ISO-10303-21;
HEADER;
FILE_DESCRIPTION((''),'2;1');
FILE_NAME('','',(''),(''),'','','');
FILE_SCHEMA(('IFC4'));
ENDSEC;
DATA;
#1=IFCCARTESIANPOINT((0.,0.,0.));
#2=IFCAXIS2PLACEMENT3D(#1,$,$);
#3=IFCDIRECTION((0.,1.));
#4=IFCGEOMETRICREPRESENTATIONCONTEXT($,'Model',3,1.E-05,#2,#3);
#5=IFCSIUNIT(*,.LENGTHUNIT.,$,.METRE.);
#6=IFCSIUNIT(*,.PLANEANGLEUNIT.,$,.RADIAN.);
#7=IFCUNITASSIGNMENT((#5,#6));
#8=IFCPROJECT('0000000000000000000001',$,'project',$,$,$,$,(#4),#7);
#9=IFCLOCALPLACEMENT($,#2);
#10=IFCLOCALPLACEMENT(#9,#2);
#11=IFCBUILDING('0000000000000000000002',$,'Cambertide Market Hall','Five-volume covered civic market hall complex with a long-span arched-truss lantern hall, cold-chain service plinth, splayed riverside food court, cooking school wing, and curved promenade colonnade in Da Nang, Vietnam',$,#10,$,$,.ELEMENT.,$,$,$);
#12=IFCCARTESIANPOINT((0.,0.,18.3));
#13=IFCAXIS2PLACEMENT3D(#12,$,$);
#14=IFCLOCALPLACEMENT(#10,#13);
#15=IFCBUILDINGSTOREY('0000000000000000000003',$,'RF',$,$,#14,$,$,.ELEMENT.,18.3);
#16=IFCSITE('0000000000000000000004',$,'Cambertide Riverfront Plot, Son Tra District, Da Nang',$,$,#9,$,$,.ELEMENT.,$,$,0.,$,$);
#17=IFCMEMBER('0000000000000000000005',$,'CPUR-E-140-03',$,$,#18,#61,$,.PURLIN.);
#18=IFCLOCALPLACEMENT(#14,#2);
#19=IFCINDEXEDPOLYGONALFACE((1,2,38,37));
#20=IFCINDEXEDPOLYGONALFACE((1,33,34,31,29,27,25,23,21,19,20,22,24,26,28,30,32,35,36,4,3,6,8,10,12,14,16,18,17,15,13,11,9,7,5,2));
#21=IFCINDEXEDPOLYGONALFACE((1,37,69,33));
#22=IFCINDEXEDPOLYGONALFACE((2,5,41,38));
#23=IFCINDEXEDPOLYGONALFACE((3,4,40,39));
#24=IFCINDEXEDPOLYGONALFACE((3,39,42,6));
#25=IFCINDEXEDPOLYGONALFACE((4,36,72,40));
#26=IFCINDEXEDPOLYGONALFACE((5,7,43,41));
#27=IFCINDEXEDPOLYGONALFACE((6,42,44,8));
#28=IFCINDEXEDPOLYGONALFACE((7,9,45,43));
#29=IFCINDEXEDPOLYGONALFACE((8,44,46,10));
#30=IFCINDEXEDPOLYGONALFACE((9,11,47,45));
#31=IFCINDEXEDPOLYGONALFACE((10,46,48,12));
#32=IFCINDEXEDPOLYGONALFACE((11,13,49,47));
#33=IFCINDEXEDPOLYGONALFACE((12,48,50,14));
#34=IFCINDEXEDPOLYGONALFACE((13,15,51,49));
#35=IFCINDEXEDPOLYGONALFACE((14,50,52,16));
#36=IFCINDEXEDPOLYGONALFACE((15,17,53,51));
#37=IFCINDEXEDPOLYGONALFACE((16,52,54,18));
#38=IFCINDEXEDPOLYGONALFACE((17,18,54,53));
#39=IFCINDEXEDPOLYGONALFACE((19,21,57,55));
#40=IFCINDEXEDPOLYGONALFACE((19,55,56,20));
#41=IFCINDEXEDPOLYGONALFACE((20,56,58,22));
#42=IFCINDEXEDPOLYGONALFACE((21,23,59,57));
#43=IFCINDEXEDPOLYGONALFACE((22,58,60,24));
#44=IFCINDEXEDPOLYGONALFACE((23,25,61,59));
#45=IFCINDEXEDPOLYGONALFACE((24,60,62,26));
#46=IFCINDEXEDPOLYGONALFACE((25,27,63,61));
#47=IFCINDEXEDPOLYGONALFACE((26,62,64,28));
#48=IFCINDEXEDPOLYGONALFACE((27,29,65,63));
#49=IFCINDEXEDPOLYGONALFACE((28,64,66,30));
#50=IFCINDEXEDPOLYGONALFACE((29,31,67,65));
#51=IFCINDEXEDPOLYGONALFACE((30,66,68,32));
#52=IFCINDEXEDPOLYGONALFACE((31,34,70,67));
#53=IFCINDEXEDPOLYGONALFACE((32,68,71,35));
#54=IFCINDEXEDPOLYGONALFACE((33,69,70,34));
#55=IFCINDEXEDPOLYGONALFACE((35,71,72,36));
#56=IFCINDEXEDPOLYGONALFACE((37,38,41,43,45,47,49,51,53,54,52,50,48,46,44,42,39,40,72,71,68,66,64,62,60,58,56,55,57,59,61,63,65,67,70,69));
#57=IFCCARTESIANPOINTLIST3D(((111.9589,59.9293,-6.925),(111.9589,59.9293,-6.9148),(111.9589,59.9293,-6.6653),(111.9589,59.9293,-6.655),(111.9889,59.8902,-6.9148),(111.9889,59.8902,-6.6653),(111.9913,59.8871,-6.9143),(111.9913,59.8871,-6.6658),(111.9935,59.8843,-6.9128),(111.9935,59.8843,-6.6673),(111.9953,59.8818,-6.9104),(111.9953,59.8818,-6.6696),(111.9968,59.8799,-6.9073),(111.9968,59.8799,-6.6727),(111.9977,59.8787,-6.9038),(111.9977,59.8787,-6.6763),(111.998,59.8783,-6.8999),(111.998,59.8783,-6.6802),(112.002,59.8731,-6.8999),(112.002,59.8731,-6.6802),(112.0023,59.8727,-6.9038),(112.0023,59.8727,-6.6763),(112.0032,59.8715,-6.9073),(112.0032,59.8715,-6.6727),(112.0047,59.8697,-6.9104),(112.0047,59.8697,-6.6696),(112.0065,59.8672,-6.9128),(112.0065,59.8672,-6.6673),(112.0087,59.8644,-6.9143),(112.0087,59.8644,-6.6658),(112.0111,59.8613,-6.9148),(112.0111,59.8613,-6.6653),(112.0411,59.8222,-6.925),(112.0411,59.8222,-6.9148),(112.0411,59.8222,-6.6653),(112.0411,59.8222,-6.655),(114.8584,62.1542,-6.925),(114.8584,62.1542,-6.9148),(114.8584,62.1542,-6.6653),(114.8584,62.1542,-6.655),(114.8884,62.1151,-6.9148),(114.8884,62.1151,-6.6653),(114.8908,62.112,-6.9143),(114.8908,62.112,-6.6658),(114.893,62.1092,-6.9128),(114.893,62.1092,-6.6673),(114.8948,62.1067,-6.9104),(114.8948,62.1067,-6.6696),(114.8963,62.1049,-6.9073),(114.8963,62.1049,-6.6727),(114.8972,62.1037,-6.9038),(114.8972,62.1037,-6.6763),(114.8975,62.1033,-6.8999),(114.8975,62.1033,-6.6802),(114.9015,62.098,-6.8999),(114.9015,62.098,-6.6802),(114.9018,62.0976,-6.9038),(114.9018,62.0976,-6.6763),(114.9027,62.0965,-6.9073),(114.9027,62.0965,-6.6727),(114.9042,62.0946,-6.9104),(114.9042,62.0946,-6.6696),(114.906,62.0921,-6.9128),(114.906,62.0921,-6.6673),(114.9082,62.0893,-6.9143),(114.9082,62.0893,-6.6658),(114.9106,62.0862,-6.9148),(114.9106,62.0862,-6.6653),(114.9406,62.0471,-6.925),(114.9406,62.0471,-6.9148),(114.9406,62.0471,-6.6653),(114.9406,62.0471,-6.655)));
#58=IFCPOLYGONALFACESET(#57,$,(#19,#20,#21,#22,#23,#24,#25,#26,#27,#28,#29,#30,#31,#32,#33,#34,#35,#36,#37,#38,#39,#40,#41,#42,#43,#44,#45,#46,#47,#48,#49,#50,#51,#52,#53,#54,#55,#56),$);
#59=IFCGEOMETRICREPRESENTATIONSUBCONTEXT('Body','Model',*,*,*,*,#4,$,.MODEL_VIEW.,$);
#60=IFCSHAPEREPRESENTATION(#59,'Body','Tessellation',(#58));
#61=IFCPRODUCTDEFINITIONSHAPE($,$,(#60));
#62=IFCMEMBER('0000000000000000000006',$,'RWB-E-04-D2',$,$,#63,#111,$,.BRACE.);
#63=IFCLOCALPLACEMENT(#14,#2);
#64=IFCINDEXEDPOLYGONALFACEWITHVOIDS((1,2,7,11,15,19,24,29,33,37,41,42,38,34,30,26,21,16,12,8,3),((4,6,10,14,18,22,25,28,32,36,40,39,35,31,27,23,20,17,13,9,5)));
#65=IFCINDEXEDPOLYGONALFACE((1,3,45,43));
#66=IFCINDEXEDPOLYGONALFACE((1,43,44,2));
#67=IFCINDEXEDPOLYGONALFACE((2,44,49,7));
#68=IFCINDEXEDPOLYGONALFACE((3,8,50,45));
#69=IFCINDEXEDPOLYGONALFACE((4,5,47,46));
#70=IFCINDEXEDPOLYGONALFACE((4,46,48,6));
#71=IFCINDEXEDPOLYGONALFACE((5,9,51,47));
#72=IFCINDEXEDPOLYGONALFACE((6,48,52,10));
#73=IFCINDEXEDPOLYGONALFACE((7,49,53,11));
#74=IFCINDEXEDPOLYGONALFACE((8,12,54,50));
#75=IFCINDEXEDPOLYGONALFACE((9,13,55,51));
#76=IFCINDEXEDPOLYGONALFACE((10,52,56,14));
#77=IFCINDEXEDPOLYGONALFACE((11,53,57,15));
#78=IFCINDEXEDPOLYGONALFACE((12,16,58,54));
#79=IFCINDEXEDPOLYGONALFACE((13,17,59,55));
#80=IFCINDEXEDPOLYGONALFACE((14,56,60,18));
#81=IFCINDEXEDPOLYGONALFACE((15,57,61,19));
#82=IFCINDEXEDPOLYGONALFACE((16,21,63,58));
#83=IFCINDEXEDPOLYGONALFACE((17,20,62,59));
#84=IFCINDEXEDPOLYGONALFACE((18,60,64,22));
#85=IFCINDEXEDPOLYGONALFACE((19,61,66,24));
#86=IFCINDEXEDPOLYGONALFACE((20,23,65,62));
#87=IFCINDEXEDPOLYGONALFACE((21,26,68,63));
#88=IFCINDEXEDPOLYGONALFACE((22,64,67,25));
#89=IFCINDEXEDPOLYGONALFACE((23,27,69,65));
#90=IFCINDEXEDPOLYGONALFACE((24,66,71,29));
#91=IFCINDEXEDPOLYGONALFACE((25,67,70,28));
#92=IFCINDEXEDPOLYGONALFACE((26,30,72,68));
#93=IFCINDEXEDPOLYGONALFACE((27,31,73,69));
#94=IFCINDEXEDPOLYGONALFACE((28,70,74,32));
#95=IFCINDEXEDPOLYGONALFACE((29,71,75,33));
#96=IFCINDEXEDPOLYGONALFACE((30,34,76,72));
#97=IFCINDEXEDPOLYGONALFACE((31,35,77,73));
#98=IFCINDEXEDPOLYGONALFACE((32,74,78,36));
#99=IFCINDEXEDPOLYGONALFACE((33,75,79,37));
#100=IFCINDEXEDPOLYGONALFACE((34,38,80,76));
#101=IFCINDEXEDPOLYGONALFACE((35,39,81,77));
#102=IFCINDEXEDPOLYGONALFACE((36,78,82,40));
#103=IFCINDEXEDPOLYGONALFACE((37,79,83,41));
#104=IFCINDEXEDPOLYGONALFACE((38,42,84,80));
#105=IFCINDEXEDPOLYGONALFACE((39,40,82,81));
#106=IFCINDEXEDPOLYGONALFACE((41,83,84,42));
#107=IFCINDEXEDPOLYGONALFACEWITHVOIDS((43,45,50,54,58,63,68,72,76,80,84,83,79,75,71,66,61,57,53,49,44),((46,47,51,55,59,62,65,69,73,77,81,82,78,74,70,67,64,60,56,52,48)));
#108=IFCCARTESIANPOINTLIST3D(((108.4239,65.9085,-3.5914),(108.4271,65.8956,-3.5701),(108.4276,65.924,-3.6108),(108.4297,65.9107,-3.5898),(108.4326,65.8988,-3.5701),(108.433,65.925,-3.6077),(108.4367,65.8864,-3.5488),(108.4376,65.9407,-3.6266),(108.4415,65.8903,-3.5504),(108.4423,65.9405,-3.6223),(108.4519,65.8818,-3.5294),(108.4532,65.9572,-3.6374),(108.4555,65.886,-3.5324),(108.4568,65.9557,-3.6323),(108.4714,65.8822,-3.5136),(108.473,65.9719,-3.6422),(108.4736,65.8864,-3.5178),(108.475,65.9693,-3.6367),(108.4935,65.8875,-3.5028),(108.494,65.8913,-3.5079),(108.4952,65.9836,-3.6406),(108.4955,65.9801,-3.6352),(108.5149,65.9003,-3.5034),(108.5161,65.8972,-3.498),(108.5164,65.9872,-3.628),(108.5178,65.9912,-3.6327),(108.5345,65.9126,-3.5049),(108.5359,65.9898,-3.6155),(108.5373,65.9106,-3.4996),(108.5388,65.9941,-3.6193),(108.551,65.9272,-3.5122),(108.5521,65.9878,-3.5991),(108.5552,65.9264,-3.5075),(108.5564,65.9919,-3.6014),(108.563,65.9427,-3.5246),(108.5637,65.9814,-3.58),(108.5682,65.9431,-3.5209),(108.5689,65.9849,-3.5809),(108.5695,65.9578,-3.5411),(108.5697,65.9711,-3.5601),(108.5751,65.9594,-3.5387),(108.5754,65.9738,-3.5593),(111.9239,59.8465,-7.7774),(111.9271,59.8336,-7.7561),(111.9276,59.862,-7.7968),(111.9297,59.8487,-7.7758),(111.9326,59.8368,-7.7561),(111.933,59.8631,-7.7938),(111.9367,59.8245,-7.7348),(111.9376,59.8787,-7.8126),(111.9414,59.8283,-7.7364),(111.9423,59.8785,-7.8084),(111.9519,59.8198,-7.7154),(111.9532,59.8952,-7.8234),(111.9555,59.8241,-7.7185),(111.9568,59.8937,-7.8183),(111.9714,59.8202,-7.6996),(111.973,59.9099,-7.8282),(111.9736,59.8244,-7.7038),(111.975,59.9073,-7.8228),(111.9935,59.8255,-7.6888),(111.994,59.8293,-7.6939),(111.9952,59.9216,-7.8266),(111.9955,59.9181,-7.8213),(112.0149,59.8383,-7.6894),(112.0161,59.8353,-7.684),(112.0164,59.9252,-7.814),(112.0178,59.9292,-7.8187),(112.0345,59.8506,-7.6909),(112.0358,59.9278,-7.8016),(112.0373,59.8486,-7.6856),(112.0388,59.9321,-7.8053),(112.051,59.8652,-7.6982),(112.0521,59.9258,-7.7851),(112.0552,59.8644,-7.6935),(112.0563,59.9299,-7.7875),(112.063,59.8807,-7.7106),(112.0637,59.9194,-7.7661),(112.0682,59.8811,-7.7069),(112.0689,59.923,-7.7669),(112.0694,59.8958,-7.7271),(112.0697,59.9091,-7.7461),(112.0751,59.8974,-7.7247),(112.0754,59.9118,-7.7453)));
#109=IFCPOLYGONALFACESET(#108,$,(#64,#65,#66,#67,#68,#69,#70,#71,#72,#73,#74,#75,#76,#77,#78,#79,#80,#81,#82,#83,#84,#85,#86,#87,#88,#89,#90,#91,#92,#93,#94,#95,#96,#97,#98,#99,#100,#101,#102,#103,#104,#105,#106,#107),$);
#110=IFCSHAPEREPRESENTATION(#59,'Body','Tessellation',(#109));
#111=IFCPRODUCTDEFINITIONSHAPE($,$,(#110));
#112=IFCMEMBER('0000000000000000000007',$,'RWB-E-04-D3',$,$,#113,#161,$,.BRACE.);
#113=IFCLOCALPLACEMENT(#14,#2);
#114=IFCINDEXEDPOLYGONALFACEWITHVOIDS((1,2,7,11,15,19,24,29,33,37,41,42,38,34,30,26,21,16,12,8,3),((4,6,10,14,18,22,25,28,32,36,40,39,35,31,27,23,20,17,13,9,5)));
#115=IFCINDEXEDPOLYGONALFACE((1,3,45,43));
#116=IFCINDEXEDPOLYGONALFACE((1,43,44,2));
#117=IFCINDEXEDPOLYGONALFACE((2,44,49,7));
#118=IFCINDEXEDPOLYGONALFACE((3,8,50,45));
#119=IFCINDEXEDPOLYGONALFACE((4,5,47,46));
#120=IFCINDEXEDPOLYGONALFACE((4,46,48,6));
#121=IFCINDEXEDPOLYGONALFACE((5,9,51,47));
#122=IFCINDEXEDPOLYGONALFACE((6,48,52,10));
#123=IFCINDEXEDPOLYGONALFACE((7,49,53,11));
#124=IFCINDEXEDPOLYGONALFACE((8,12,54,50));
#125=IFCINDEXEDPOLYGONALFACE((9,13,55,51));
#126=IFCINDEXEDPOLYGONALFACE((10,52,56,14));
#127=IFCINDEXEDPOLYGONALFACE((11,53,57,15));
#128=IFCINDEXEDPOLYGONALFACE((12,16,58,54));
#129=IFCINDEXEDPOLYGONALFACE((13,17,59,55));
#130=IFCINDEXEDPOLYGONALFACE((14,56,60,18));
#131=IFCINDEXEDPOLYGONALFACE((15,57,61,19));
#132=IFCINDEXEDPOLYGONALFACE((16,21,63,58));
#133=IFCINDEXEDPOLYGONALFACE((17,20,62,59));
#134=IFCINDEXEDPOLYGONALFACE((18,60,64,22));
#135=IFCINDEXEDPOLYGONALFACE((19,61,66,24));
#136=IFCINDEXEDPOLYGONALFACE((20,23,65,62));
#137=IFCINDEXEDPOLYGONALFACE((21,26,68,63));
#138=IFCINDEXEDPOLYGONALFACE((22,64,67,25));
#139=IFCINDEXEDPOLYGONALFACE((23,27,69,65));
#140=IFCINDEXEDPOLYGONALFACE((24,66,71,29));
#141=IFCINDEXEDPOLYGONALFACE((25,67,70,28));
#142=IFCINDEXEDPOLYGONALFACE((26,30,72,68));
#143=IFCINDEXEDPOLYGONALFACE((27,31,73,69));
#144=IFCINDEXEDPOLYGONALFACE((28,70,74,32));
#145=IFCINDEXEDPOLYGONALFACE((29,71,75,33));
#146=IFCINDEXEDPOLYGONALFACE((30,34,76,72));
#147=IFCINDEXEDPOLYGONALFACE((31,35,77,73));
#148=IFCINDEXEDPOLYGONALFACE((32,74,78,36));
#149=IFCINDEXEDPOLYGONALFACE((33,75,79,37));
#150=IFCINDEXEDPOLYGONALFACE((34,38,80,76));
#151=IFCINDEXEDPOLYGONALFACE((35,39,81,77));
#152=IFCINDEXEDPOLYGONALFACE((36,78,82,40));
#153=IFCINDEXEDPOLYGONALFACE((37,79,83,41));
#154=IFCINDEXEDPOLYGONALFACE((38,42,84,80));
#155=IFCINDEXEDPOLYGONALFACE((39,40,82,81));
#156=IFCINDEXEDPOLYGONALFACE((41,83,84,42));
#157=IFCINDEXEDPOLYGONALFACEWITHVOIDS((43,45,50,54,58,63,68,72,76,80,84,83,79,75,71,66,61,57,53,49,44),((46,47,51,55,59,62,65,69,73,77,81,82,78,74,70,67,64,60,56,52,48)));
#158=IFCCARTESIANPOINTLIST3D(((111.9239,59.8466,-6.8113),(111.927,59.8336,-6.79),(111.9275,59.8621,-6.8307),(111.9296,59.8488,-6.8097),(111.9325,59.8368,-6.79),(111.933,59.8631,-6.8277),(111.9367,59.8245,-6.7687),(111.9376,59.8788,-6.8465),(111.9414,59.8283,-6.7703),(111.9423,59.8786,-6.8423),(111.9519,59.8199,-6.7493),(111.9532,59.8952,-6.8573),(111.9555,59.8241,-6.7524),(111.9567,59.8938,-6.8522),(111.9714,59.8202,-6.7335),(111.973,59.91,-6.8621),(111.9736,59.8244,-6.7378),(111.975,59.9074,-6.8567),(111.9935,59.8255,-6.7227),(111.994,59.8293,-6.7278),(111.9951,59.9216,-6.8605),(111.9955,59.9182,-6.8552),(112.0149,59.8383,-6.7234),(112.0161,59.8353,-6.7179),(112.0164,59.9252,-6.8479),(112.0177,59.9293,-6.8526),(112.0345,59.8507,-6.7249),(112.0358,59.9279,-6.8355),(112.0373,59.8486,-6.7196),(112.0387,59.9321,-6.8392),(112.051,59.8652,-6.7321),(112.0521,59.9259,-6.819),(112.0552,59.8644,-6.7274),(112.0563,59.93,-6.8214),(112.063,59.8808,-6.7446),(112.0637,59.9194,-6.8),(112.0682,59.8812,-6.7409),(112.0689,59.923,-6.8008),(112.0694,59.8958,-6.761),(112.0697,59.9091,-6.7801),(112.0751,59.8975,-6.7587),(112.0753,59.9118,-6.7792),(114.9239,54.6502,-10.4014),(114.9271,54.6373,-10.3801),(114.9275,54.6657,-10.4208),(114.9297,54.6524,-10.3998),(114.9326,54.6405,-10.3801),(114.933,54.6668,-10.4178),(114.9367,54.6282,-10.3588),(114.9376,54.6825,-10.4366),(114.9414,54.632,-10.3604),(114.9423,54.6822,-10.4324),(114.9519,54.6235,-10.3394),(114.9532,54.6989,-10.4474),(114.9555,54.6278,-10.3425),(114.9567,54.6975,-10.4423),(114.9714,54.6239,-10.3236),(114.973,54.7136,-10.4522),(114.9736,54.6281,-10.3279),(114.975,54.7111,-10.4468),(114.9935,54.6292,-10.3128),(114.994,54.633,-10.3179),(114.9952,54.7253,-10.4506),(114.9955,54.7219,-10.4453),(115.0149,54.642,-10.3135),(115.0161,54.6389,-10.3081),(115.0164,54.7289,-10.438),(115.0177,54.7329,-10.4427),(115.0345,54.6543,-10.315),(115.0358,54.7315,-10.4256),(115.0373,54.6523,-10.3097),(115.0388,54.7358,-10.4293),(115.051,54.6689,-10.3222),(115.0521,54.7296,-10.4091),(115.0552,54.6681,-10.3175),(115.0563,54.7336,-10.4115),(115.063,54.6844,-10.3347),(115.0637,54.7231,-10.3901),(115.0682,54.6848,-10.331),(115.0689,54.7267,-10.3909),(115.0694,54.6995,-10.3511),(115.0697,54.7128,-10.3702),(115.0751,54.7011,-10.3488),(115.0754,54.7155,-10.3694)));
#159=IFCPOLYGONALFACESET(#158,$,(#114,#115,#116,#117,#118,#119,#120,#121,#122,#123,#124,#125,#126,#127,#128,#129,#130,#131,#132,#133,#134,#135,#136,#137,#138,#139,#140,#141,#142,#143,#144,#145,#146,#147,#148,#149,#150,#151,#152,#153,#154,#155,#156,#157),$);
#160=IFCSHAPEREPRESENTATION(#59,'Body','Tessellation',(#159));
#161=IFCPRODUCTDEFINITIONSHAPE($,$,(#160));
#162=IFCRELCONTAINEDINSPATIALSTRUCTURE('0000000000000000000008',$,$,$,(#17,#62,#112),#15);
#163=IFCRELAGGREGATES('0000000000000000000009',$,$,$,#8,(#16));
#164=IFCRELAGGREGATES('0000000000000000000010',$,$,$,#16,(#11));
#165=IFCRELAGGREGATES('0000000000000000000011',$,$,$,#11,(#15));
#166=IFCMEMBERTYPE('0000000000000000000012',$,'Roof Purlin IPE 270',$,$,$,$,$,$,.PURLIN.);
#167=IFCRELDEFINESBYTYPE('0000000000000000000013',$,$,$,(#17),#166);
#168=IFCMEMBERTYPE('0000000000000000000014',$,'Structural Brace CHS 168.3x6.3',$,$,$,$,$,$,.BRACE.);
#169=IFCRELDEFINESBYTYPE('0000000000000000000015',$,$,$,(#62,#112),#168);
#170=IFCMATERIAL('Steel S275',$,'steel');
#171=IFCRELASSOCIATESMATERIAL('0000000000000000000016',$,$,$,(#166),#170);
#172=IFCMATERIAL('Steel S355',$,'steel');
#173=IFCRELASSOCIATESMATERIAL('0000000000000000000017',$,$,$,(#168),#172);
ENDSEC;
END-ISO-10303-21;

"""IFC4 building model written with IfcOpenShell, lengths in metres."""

from ifc_helpers import new_model, si_unit, direction, frame, origin, origin_2d, place, context, subcontext, project, spatial, hollow_circle, i_section, extrude, material, material_profile, profile_set, type_object, element, save


model = new_model("IFC4")

# Units and contexts
model_context = context("Model", 3, precision=1e-05, world=origin(), true_north=direction((0.0, 1.0)))
body_context = subcontext(model_context, "Body", "Model", "MODEL_VIEW")
ifc_project = project(units=[si_unit("LENGTHUNIT", "METRE"), si_unit("PLANEANGLEUNIT", "RADIAN")], contexts=[model_context])

# Site, building, storey
site_placement = place(None, origin())
site = spatial("IfcSite", under=ifc_project, at=site_placement, Name="Cambertide Riverfront Plot, Son Tra District, Da Nang", CompositionType="ELEMENT", RefElevation=0.0)
building_placement = place(site_placement, origin())
building = spatial("IfcBuilding", under=site, at=building_placement, Name="Cambertide Market Hall", Description="Five-volume covered civic market hall complex with a long-span arched-truss lantern hall, cold-chain service plinth, splayed riverside food court, cooking school wing, and curved promenade colonnade in Da Nang, Vietnam", CompositionType="ELEMENT")
storey_placement = place(building_placement, frame((0.0, 0.0, 18.3)))
storey = spatial("IfcBuildingStorey", under=building, at=storey_placement, Name="RF", CompositionType="ELEMENT", Elevation=18.3)

# Members
ifc_material_1 = material(Name="Steel S275", Category="steel")
ifc_material_profile_1 = material_profile(ifc_material_1, i_section(OverallWidth=0.135, OverallDepth=0.27, WebThickness=0.0066, FlangeThickness=0.0103, FilletRadius=0.0149, at=origin_2d()), Name="IPE 270")
ifc_profile_set_1 = profile_set([ifc_material_profile_1], Name="Steel S275")
member_type_1 = type_object("IfcMemberType", Name="Roof Purlin IPE 270", PredefinedType="PURLIN", material=ifc_profile_set_1)
member_1_placement = place(storey_placement, frame((112.0, 59.8757, -6.79), z_axis=(0.793346, 0.608771, 0.0), x_axis=(-0.608771, 0.793346, 0.0)))
element("IfcMember", 1, at=member_1_placement, inside=storey, type_object=member_type_1, Name="CPUR-E-140-03", PredefinedType="PURLIN", context=body_context, shape_type="SweptSolid", body=[
    extrude(i_section(OverallWidth=0.135, OverallDepth=0.27, WebThickness=0.0066, FlangeThickness=0.0103, FilletRadius=0.0149, at=origin_2d()), origin(), (0.0, 0.0, 1.0), 3.6548),
])
ifc_material_2 = material(Name="Steel S355", Category="steel")
ifc_material_profile_2 = material_profile(ifc_material_2, hollow_circle(Radius=0.0842, WallThickness=0.0063, at=origin_2d()), Name="CHS 168.3x6.3")
ifc_profile_set_2 = profile_set([ifc_material_profile_2], Name="Steel S355")
member_type_2 = type_object("IfcMemberType", Name="Structural Brace CHS 168.3x6.3", PredefinedType="BRACE", material=ifc_profile_set_2)
member_2_placement = place(storey_placement, frame((112.0, 59.8757, -7.7561), z_axis=(-0.42913, 0.743255, 0.513244), x_axis=(-0.866019, -0.50001, 0.0)))
element("IfcMember", 2, at=member_2_placement, inside=storey, type_object=member_type_2, Name="RWB-E-04-D2", PredefinedType="BRACE", context=body_context, shape_type="SweptSolid", body=[
    extrude(hollow_circle(Radius=0.0842, WallThickness=0.0063, at=origin_2d()), origin(), (0.0, 0.0, 1.0), 8.156),
])
member_3_placement = place(storey_placement, frame((115.0, 54.6794, -10.3801), z_axis=(-0.429053, 0.74316, 0.513446), x_axis=(-0.866031, -0.49999, 0.0)))
element("IfcMember", 3, at=member_3_placement, inside=storey, type_object=member_type_2, Name="RWB-E-04-D3", PredefinedType="BRACE", context=body_context, shape_type="SweptSolid", body=[
    extrude(hollow_circle(Radius=0.0842, WallThickness=0.0063, at=origin_2d()), origin(), (0.0, 0.0, 1.0), 6.9922),
])

save(model, "model.ifc")
